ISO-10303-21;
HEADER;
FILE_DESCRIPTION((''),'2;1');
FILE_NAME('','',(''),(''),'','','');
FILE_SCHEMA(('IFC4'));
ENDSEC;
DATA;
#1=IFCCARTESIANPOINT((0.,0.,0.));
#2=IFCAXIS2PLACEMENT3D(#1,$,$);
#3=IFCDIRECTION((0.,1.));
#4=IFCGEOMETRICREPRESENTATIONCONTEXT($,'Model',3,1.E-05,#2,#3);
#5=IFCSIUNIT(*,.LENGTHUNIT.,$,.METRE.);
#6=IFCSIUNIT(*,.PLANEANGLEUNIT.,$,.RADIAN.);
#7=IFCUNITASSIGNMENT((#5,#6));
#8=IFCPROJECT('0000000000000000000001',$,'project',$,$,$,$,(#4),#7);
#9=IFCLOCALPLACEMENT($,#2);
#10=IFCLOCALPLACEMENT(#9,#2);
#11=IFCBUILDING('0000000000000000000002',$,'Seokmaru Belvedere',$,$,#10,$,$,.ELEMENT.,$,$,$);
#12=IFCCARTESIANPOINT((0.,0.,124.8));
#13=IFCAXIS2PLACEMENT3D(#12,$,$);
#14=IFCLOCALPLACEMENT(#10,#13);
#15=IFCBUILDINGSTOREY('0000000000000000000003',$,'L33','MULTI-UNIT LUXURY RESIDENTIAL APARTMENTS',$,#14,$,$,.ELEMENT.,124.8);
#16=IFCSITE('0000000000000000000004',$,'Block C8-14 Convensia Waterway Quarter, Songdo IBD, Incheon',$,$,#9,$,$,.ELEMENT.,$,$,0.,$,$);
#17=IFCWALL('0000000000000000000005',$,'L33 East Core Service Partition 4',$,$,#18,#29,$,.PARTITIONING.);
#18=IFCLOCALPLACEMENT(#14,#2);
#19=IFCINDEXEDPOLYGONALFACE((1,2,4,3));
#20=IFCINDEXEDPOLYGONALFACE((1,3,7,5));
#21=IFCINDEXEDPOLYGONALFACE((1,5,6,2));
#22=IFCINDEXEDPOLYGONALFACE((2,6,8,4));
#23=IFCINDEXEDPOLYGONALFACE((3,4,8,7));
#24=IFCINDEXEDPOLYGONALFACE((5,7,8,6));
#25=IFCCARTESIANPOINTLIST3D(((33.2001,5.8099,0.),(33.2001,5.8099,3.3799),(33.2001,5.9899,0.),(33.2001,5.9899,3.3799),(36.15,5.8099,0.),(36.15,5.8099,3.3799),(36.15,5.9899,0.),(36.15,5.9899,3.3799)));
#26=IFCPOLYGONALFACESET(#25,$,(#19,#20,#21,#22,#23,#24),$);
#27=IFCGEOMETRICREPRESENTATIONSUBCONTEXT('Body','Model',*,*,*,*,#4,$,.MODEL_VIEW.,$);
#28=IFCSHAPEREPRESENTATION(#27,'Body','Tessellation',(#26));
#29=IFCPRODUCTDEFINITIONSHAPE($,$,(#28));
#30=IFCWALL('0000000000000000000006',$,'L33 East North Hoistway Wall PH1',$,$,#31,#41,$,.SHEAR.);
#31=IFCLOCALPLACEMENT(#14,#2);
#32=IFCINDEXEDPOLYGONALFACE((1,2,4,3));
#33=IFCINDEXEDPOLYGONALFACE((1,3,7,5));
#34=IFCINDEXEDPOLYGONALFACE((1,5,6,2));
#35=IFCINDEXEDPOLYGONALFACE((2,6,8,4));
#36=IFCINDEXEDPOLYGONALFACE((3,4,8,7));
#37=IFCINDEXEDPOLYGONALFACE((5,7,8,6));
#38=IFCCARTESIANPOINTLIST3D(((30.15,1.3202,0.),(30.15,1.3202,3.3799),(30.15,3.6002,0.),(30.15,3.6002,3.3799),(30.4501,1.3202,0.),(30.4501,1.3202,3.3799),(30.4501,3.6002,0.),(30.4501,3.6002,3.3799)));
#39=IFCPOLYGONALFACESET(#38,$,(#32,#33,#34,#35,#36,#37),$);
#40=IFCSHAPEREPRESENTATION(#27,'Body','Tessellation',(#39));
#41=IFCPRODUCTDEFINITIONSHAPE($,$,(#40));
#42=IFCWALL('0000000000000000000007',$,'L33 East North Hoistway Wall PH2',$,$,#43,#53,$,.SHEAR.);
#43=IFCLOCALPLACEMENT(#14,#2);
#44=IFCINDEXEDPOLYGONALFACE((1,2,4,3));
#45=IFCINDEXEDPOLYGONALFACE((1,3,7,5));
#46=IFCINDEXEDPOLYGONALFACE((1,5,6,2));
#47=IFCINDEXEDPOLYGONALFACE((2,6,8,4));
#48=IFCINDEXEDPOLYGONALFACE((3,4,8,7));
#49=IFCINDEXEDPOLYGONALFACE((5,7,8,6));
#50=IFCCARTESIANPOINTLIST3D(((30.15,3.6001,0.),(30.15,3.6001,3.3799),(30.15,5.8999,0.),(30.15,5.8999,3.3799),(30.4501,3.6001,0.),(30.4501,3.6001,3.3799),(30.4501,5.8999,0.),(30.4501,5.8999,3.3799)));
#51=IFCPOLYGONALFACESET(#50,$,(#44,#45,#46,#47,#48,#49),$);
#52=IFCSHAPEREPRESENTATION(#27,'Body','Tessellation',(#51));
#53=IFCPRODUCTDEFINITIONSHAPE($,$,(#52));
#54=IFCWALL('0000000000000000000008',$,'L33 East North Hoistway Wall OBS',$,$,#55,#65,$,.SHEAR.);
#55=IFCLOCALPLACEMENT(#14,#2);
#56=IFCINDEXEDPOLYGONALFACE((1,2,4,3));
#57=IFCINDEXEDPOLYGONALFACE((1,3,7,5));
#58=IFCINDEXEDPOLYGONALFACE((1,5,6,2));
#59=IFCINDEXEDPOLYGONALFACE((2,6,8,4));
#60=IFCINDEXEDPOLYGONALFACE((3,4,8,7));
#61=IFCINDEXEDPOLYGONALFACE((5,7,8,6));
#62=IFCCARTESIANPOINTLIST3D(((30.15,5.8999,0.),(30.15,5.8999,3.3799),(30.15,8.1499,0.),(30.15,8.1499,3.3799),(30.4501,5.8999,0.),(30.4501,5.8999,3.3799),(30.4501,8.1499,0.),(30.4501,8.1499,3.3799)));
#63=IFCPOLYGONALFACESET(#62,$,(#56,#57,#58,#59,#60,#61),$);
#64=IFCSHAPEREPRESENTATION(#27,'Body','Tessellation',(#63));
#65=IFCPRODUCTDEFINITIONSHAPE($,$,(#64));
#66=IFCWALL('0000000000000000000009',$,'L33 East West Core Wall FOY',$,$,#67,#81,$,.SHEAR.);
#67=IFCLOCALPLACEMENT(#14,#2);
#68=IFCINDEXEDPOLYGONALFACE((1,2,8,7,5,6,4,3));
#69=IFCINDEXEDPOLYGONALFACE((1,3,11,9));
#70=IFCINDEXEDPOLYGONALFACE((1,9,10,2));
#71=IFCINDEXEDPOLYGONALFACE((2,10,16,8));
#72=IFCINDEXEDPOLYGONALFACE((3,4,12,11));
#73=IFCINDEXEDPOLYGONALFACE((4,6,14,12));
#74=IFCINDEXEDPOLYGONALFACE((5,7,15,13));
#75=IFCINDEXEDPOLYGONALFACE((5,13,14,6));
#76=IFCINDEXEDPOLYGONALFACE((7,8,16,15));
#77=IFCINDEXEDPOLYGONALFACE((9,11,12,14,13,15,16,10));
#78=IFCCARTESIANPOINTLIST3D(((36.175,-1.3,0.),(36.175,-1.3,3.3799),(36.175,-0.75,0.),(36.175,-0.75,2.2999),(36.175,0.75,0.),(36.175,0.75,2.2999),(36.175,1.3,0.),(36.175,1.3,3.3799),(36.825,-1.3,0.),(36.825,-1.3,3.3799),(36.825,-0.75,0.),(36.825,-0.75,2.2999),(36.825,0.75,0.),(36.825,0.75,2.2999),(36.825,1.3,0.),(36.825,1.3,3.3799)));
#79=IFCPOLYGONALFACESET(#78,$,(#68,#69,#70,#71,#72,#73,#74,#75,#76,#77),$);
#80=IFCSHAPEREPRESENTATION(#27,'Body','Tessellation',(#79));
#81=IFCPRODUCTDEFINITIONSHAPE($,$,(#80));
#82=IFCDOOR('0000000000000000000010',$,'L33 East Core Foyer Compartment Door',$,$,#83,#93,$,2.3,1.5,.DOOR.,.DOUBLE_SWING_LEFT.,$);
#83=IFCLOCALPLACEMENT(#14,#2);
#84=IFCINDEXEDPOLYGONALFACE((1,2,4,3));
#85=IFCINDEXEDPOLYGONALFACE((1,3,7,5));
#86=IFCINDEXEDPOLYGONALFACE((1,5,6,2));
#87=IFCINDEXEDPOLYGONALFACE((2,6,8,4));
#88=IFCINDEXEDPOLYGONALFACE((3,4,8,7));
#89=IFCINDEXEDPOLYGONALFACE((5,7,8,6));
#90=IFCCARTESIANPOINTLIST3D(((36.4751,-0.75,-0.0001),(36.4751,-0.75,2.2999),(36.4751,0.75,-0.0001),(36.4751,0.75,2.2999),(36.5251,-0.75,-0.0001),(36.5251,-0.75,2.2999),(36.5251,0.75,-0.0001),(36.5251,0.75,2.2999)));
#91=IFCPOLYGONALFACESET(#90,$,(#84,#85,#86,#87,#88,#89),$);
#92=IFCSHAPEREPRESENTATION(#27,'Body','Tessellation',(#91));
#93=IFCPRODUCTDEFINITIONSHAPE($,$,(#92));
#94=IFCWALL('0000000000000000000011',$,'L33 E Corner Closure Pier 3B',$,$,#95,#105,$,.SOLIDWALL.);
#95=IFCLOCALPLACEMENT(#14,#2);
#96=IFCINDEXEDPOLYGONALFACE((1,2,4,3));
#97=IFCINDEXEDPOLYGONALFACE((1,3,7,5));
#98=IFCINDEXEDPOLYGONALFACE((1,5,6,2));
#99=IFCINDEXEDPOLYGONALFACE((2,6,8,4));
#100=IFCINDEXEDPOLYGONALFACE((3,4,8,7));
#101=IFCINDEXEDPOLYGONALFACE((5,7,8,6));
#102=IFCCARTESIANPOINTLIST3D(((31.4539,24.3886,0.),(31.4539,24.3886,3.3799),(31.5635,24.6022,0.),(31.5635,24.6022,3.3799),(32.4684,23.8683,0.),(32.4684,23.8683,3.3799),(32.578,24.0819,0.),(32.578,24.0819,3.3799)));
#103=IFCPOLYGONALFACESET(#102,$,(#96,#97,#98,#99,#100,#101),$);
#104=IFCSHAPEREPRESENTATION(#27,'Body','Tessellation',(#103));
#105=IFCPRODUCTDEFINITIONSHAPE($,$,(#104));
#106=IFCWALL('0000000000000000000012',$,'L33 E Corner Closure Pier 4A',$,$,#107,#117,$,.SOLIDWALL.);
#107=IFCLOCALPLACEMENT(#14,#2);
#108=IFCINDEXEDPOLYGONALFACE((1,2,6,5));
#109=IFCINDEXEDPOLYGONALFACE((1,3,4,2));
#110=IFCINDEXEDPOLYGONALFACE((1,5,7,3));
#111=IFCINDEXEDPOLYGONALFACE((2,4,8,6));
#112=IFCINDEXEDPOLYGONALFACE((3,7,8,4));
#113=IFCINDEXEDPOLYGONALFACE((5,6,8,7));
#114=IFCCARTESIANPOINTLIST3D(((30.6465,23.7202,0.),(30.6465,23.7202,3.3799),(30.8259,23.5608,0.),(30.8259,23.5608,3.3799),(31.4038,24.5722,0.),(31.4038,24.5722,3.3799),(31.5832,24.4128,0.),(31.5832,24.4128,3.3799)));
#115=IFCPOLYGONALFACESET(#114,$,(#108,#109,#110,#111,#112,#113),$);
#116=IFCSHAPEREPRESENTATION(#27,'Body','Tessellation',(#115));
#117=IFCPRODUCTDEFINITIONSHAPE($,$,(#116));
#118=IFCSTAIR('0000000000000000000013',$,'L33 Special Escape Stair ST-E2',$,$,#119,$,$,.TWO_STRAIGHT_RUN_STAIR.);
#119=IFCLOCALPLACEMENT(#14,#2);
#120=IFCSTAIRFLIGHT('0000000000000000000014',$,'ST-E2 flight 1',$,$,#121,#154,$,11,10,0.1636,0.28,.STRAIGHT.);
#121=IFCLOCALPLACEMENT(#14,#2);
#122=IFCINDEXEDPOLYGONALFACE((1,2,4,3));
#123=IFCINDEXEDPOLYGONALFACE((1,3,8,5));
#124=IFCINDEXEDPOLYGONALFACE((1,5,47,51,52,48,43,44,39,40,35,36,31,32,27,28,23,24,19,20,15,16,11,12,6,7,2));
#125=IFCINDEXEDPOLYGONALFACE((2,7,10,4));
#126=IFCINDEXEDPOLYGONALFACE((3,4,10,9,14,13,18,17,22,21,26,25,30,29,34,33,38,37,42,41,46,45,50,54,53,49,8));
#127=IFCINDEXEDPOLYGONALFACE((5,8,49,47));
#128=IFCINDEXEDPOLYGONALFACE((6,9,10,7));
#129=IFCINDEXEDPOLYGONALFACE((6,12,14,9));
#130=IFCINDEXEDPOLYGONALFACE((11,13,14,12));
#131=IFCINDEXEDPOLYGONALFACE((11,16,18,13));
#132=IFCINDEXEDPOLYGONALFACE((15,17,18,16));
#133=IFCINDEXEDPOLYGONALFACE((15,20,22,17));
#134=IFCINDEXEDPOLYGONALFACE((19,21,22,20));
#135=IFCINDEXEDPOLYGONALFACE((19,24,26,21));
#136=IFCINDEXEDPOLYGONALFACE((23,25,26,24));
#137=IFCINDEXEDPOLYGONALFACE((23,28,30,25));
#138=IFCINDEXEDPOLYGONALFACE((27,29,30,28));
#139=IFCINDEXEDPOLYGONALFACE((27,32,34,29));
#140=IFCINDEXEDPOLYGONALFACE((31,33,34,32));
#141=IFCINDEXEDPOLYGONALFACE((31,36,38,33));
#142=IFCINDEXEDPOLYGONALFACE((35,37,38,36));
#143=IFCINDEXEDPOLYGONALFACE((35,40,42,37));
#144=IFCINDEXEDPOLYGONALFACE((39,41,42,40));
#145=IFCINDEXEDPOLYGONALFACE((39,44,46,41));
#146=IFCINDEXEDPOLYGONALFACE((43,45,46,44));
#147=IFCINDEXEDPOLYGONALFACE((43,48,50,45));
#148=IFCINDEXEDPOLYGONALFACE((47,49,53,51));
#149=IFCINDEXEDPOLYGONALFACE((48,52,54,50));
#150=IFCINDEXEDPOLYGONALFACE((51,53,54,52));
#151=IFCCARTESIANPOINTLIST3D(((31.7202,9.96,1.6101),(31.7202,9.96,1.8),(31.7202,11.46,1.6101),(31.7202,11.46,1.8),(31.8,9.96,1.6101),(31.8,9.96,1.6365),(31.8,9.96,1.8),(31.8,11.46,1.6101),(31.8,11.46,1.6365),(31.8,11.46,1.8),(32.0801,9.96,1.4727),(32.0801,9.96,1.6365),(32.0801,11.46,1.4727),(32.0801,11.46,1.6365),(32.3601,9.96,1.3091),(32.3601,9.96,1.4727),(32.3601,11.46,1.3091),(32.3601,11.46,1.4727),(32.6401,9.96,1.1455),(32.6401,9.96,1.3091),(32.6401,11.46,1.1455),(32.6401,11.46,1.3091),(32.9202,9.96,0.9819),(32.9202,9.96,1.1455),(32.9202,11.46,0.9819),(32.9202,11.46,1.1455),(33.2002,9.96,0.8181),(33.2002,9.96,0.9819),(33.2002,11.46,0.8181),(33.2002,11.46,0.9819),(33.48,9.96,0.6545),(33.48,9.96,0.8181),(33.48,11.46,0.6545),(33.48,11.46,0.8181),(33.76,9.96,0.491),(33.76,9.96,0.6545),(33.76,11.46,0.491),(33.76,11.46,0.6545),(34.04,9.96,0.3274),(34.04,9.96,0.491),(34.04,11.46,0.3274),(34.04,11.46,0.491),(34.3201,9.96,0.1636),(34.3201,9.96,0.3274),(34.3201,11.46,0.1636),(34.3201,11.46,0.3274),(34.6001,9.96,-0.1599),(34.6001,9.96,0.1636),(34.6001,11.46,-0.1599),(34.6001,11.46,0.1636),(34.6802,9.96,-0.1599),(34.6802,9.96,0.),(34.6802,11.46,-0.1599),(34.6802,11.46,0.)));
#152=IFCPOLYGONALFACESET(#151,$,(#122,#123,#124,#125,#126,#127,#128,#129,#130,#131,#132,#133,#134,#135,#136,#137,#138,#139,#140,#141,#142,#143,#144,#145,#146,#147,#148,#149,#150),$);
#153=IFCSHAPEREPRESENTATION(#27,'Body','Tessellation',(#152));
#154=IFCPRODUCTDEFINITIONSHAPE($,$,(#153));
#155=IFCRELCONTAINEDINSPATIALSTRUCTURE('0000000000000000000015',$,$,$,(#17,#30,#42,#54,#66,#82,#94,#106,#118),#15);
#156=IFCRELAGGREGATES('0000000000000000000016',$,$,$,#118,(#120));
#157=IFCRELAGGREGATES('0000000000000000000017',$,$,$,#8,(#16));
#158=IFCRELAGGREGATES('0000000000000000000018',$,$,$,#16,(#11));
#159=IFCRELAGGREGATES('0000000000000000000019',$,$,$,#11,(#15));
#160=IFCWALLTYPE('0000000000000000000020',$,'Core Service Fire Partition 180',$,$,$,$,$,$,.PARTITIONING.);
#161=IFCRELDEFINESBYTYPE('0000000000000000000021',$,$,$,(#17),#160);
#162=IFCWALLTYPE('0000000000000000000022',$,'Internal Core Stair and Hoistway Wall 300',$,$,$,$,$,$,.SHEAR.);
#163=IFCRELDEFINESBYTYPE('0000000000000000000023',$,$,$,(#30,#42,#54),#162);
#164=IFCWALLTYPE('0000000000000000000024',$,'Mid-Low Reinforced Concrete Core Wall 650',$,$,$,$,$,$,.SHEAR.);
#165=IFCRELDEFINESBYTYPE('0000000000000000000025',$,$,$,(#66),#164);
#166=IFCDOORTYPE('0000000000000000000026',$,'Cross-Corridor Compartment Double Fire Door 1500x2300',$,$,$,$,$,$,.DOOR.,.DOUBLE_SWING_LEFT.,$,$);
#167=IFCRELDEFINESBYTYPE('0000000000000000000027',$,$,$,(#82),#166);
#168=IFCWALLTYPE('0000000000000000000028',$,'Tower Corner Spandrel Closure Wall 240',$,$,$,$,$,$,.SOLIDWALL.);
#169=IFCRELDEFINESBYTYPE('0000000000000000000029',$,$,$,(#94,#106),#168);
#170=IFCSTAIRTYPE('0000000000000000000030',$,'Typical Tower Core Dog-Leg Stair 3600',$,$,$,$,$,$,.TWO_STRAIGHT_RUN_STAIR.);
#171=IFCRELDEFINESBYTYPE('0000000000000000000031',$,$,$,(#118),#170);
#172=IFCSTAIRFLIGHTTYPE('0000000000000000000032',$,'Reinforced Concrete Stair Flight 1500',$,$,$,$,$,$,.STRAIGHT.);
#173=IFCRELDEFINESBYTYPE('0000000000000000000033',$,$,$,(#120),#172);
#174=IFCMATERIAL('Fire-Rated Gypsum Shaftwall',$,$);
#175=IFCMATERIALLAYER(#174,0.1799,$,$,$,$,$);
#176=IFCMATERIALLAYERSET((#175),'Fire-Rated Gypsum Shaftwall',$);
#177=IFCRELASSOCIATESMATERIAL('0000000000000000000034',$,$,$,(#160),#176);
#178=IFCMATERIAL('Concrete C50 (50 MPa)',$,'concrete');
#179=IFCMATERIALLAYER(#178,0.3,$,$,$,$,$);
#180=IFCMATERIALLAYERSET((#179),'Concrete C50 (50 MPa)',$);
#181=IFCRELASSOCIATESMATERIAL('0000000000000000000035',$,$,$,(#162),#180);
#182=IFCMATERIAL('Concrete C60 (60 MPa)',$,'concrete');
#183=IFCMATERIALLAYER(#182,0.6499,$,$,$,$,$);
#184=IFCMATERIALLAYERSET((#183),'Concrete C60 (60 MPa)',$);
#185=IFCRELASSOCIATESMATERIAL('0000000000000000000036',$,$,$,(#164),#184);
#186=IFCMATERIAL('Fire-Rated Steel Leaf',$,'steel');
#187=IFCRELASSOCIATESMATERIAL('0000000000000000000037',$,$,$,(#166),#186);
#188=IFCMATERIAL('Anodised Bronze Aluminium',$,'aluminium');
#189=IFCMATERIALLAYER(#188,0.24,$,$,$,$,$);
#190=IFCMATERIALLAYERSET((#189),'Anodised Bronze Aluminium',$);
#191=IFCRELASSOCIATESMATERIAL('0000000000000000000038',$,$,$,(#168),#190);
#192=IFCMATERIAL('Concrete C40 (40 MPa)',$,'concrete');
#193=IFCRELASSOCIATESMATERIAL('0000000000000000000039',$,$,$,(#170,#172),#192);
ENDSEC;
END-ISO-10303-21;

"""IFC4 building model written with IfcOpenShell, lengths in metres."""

from ifc_helpers import new_model, si_unit, direction, frame, frame_2d, origin, place, context, subcontext, project, spatial, polyline, rectangle, outline, extrude, source, transform, mapped, material, layer, layer_set, type_object, type_shapes, element, fill, aggregate, save


model = new_model("IFC4")

# Units and contexts
model_context = context("Model", 3, precision=1e-05, world=origin(), true_north=direction((0.0, 1.0)))
body_context = subcontext(model_context, "Body", "Model", "MODEL_VIEW")
ifc_project = project(units=[si_unit("LENGTHUNIT", "METRE"), si_unit("PLANEANGLEUNIT", "RADIAN")], contexts=[model_context])

# Site, building, storey
site_placement = place(None, origin())
site = spatial("IfcSite", under=ifc_project, at=site_placement, Name="Block C8-14 Convensia Waterway Quarter, Songdo IBD, Incheon", CompositionType="ELEMENT", RefElevation=0.0)
building_placement = place(site_placement, origin())
building = spatial("IfcBuilding", under=site, at=building_placement, Name="Seokmaru Belvedere", CompositionType="ELEMENT")
storey_placement = place(building_placement, frame((0.0, 0.0, 124.8)))
storey = spatial("IfcBuildingStorey", under=building, at=storey_placement, Name="L33", Description="MULTI-UNIT LUXURY RESIDENTIAL APARTMENTS", CompositionType="ELEMENT", Elevation=124.8)

# Shared definitions
ifc_material_1 = material(Name="Anodised Bronze Aluminium", Category="aluminium")

# Shared definitions
ifc_material_2 = material(Name="Fire-Rated Gypsum Shaftwall")
ifc_layer_1 = layer(ifc_material_2, 0.1799)
ifc_layer_set_1 = layer_set([ifc_layer_1], Name="Fire-Rated Gypsum Shaftwall")
wall_type_1 = type_object("IfcWallType", Name="Core Service Fire Partition 180", PredefinedType="PARTITIONING", material=ifc_layer_set_1)

# Shared definitions
ifc_material_3 = material(Name="Fire-Rated Steel Leaf", Category="steel")

# Walls
for number, where, z_axis, x_axis, name in (
    (1, (33.2, 5.8999, 0.0), (0.0, 0.0, 1.0), (1.0, 0.0, 0.0), "L33 East Core Service Partition 4"),
):
    element("IfcWall", number, at=place(storey_placement, frame(where, z_axis=z_axis, x_axis=x_axis)), inside=storey, type_object=wall_type_1, Name=name, PredefinedType="PARTITIONING", context=body_context, shape_type="SweptSolid", body=[
        extrude(rectangle(XDim=2.95, YDim=0.1799, at=frame_2d((1.4751, 0.0))), origin(), (0.0, 0.0, 1.0), 3.3799),
    ])
ifc_material_4 = material(Name="Concrete C50 (50 MPa)", Category="concrete")
ifc_layer_2 = layer(ifc_material_4, 0.3)
ifc_layer_set_2 = layer_set([ifc_layer_2], Name="Concrete C50 (50 MPa)")
wall_type_2 = type_object("IfcWallType", Name="Internal Core Stair and Hoistway Wall 300", PredefinedType="SHEAR", material=ifc_layer_set_2)
wall_1_placement = place(storey_placement, frame((30.3, 1.3201, 0.0), z_axis=(0.0, 0.0, 1.0), x_axis=(0.0, 1.0, 0.0)))
element("IfcWall", 2, at=wall_1_placement, inside=storey, type_object=wall_type_2, Name="L33 East North Hoistway Wall PH1", PredefinedType="SHEAR", context=body_context, shape_type="SweptSolid", body=[
    extrude(rectangle(XDim=2.28, YDim=0.3, at=frame_2d((1.1401, 0.0))), origin(), (0.0, 0.0, 1.0), 3.3799),
])
wall_2_placement = place(storey_placement, frame((30.3, 3.6001, 0.0), z_axis=(0.0, 0.0, 1.0), x_axis=(0.0, 1.0, 0.0)))
element("IfcWall", 3, at=wall_2_placement, inside=storey, type_object=wall_type_2, Name="L33 East North Hoistway Wall PH2", PredefinedType="SHEAR", context=body_context, shape_type="SweptSolid", body=[
    extrude(rectangle(XDim=2.2998, YDim=0.3, at=frame_2d((1.1499, 0.0))), origin(), (0.0, 0.0, 1.0), 3.3799),
])
wall_3_placement = place(storey_placement, frame((30.3, 5.8999, 0.0), z_axis=(0.0, 0.0, 1.0), x_axis=(0.0, 1.0, 0.0)))
element("IfcWall", 4, at=wall_3_placement, inside=storey, type_object=wall_type_2, Name="L33 East North Hoistway Wall OBS", PredefinedType="SHEAR", context=body_context, shape_type="SweptSolid", body=[
    extrude(rectangle(XDim=2.25, YDim=0.3, at=frame_2d((1.125, 0.0))), origin(), (0.0, 0.0, 1.0), 3.3799),
])

# Wall, opening, door
ifc_material_5 = material(Name="Concrete C60 (60 MPa)", Category="concrete")
ifc_layer_3 = layer(ifc_material_5, 0.6499)
ifc_layer_set_3 = layer_set([ifc_layer_3], Name="Concrete C60 (60 MPa)")
wall_type_3 = type_object("IfcWallType", Name="Mid-Low Reinforced Concrete Core Wall 650", PredefinedType="SHEAR", material=ifc_layer_set_3)
wall_4_placement = place(storey_placement, frame((36.5, -1.3, 0.0), z_axis=(0.0, 0.0, 1.0), x_axis=(0.0, 1.0, 0.0)))
wall_4 = element("IfcWall", 5, at=wall_4_placement, inside=storey, type_object=wall_type_3, Name="L33 East West Core Wall FOY", PredefinedType="SHEAR", context=body_context, shape_type="SweptSolid", body=[
    extrude(rectangle(XDim=2.6001, YDim=0.6499, at=frame_2d((1.3, 0.0))), origin(), (0.0, 0.0, 1.0), 3.3799),
])
opening_1_placement = place(wall_4_placement, frame((0.55, 0.0, 0.0)))
opening_1 = element("IfcOpeningElement", 6, at=opening_1_placement, cuts=wall_4, PredefinedType="OPENING", context=body_context, shape_type="SweptSolid", body=[
    extrude(rectangle(XDim=1.5, YDim=2.3, at=frame_2d((0.75, 1.1499))), frame((0.0, 0.335, 0.0), z_axis=(0.0, -1.0, 0.0), x_axis=(1.0, 0.0, 0.0)), (0.0, 0.0, 1.0), 0.6699),
])
door_type_1 = type_object("IfcDoorType", Name="Cross-Corridor Compartment Double Fire Door 1500x2300", OperationType="DOUBLE_SWING_LEFT", PredefinedType="DOOR", material=ifc_material_3)
shared_shape_1 = source(origin(), body_context, "Body", "SweptSolid", [
    extrude(rectangle(XDim=1.5, YDim=2.3, at=frame_2d((0.75, 1.1499))), frame((0.0, 0.0249, 0.0), z_axis=(0.0, -1.0, 0.0), x_axis=(1.0, 0.0, 0.0)), (0.0, 0.0, 1.0), 0.05),
])
type_shapes(door_type_1, [shared_shape_1])
door_1_placement = place(opening_1_placement, origin())
door_1 = element("IfcDoor", 7, at=door_1_placement, inside=storey, type_object=door_type_1, Name="L33 East Core Foyer Compartment Door", OperationType="DOUBLE_SWING_LEFT", OverallHeight=2.3, OverallWidth=1.5, PredefinedType="DOOR", context=body_context, shape_type="MappedRepresentation", body=[
    mapped(shared_shape_1, transform((0.0, 0.0, 0.0), scale=1.0)),
])
fill(opening_1, door_1)

# Walls
ifc_layer_4 = layer(ifc_material_1, 0.24)
ifc_layer_set_4 = layer_set([ifc_layer_4], Name="Anodised Bronze Aluminium")
wall_type_4 = type_object("IfcWallType", Name="Tower Corner Spandrel Closure Wall 240", PredefinedType="SOLIDWALL", material=ifc_layer_set_4)
wall_5_placement = place(storey_placement, frame((32.5232, 23.9751, 0.0), z_axis=(0.0, 0.0, 1.0), x_axis=(-0.889797, 0.456356, 0.0)))
element("IfcWall", 8, at=wall_5_placement, inside=storey, type_object=wall_type_4, Name="L33 E Corner Closure Pier 3B", PredefinedType="SOLIDWALL", context=body_context, shape_type="SweptSolid", body=[
    extrude(rectangle(XDim=1.1401, YDim=0.24, at=frame_2d((0.5701, 0.0))), origin(), (0.0, 0.0, 1.0), 3.3799),
])
wall_6_placement = place(storey_placement, frame((31.4934, 24.4924, 0.0), z_axis=(0.0, 0.0, 1.0), x_axis=(-0.664337, -0.747433, 0.0)))
element("IfcWall", 9, at=wall_6_placement, inside=storey, type_object=wall_type_4, Name="L33 E Corner Closure Pier 4A", PredefinedType="SOLIDWALL", context=body_context, shape_type="SweptSolid", body=[
    extrude(rectangle(XDim=1.1399, YDim=0.24, at=frame_2d((0.5698, 0.0))), origin(), (0.0, 0.0, 1.0), 3.3799),
])

# Stair, stair flight
ifc_material_6 = material(Name="Concrete C40 (40 MPa)", Category="concrete")
stair_type = type_object("IfcStairType", Name="Typical Tower Core Dog-Leg Stair 3600", PredefinedType="TWO_STRAIGHT_RUN_STAIR", material=ifc_material_6)
stair_placement = place(storey_placement, origin())
stair = element("IfcStair", 10, at=stair_placement, inside=storey, type_object=stair_type, Name="L33 Special Escape Stair ST-E2", PredefinedType="TWO_STRAIGHT_RUN_STAIR")
stair_flight_type = type_object("IfcStairFlightType", Name="Reinforced Concrete Stair Flight 1500", PredefinedType="STRAIGHT", material=ifc_material_6)
stair_flight_1_placement = place(storey_placement, frame((34.6001, 10.71, 0.0), z_axis=(0.0, 0.0, 1.0), x_axis=(-1.0, 0.0, 0.0)))
stair_flight_1 = element("IfcStairFlight", 11, at=stair_flight_1_placement, type_object=stair_flight_type, Name="ST-E2 flight 1", NumberOfRisers=11, NumberOfTreads=10, PredefinedType="STRAIGHT", RiserHeight=0.1636, TreadLength=0.28, context=body_context, shape_type="SweptSolid", body=[
    extrude(outline(polyline([(-0.0801, 0.0), (0.0, 0.1636), (0.28, 0.1636), (0.28, 0.3274), (0.5601, 0.3274), (0.5601, 0.491), (0.8401, 0.491), (0.8401, 0.6545), (1.1201, 0.6545), (1.1201, 0.8181), (1.3999, 0.8181), (1.3999, 0.9819), (1.6799, 0.9819), (1.6799, 1.1455), (1.96, 1.1455), (1.96, 1.3091), (2.24, 1.3091), (2.24, 1.4727), (2.52, 1.4727), (2.52, 1.6365), (2.8, 1.6365), (2.8, 1.8), (2.8799, 1.8), (2.8799, 1.6101), (2.8, 1.6101), (0.0, -0.1599), (-0.0801, -0.1599), (-0.0801, 0.0)])), frame((0.0, 0.75, 0.0), z_axis=(0.0, -1.0, 0.0), x_axis=(1.0, 0.0, 0.0)), (0.0, 0.0, 1.0), 1.5),
])
aggregate(stair, [stair_flight_1])

save(model, "model.ifc")
